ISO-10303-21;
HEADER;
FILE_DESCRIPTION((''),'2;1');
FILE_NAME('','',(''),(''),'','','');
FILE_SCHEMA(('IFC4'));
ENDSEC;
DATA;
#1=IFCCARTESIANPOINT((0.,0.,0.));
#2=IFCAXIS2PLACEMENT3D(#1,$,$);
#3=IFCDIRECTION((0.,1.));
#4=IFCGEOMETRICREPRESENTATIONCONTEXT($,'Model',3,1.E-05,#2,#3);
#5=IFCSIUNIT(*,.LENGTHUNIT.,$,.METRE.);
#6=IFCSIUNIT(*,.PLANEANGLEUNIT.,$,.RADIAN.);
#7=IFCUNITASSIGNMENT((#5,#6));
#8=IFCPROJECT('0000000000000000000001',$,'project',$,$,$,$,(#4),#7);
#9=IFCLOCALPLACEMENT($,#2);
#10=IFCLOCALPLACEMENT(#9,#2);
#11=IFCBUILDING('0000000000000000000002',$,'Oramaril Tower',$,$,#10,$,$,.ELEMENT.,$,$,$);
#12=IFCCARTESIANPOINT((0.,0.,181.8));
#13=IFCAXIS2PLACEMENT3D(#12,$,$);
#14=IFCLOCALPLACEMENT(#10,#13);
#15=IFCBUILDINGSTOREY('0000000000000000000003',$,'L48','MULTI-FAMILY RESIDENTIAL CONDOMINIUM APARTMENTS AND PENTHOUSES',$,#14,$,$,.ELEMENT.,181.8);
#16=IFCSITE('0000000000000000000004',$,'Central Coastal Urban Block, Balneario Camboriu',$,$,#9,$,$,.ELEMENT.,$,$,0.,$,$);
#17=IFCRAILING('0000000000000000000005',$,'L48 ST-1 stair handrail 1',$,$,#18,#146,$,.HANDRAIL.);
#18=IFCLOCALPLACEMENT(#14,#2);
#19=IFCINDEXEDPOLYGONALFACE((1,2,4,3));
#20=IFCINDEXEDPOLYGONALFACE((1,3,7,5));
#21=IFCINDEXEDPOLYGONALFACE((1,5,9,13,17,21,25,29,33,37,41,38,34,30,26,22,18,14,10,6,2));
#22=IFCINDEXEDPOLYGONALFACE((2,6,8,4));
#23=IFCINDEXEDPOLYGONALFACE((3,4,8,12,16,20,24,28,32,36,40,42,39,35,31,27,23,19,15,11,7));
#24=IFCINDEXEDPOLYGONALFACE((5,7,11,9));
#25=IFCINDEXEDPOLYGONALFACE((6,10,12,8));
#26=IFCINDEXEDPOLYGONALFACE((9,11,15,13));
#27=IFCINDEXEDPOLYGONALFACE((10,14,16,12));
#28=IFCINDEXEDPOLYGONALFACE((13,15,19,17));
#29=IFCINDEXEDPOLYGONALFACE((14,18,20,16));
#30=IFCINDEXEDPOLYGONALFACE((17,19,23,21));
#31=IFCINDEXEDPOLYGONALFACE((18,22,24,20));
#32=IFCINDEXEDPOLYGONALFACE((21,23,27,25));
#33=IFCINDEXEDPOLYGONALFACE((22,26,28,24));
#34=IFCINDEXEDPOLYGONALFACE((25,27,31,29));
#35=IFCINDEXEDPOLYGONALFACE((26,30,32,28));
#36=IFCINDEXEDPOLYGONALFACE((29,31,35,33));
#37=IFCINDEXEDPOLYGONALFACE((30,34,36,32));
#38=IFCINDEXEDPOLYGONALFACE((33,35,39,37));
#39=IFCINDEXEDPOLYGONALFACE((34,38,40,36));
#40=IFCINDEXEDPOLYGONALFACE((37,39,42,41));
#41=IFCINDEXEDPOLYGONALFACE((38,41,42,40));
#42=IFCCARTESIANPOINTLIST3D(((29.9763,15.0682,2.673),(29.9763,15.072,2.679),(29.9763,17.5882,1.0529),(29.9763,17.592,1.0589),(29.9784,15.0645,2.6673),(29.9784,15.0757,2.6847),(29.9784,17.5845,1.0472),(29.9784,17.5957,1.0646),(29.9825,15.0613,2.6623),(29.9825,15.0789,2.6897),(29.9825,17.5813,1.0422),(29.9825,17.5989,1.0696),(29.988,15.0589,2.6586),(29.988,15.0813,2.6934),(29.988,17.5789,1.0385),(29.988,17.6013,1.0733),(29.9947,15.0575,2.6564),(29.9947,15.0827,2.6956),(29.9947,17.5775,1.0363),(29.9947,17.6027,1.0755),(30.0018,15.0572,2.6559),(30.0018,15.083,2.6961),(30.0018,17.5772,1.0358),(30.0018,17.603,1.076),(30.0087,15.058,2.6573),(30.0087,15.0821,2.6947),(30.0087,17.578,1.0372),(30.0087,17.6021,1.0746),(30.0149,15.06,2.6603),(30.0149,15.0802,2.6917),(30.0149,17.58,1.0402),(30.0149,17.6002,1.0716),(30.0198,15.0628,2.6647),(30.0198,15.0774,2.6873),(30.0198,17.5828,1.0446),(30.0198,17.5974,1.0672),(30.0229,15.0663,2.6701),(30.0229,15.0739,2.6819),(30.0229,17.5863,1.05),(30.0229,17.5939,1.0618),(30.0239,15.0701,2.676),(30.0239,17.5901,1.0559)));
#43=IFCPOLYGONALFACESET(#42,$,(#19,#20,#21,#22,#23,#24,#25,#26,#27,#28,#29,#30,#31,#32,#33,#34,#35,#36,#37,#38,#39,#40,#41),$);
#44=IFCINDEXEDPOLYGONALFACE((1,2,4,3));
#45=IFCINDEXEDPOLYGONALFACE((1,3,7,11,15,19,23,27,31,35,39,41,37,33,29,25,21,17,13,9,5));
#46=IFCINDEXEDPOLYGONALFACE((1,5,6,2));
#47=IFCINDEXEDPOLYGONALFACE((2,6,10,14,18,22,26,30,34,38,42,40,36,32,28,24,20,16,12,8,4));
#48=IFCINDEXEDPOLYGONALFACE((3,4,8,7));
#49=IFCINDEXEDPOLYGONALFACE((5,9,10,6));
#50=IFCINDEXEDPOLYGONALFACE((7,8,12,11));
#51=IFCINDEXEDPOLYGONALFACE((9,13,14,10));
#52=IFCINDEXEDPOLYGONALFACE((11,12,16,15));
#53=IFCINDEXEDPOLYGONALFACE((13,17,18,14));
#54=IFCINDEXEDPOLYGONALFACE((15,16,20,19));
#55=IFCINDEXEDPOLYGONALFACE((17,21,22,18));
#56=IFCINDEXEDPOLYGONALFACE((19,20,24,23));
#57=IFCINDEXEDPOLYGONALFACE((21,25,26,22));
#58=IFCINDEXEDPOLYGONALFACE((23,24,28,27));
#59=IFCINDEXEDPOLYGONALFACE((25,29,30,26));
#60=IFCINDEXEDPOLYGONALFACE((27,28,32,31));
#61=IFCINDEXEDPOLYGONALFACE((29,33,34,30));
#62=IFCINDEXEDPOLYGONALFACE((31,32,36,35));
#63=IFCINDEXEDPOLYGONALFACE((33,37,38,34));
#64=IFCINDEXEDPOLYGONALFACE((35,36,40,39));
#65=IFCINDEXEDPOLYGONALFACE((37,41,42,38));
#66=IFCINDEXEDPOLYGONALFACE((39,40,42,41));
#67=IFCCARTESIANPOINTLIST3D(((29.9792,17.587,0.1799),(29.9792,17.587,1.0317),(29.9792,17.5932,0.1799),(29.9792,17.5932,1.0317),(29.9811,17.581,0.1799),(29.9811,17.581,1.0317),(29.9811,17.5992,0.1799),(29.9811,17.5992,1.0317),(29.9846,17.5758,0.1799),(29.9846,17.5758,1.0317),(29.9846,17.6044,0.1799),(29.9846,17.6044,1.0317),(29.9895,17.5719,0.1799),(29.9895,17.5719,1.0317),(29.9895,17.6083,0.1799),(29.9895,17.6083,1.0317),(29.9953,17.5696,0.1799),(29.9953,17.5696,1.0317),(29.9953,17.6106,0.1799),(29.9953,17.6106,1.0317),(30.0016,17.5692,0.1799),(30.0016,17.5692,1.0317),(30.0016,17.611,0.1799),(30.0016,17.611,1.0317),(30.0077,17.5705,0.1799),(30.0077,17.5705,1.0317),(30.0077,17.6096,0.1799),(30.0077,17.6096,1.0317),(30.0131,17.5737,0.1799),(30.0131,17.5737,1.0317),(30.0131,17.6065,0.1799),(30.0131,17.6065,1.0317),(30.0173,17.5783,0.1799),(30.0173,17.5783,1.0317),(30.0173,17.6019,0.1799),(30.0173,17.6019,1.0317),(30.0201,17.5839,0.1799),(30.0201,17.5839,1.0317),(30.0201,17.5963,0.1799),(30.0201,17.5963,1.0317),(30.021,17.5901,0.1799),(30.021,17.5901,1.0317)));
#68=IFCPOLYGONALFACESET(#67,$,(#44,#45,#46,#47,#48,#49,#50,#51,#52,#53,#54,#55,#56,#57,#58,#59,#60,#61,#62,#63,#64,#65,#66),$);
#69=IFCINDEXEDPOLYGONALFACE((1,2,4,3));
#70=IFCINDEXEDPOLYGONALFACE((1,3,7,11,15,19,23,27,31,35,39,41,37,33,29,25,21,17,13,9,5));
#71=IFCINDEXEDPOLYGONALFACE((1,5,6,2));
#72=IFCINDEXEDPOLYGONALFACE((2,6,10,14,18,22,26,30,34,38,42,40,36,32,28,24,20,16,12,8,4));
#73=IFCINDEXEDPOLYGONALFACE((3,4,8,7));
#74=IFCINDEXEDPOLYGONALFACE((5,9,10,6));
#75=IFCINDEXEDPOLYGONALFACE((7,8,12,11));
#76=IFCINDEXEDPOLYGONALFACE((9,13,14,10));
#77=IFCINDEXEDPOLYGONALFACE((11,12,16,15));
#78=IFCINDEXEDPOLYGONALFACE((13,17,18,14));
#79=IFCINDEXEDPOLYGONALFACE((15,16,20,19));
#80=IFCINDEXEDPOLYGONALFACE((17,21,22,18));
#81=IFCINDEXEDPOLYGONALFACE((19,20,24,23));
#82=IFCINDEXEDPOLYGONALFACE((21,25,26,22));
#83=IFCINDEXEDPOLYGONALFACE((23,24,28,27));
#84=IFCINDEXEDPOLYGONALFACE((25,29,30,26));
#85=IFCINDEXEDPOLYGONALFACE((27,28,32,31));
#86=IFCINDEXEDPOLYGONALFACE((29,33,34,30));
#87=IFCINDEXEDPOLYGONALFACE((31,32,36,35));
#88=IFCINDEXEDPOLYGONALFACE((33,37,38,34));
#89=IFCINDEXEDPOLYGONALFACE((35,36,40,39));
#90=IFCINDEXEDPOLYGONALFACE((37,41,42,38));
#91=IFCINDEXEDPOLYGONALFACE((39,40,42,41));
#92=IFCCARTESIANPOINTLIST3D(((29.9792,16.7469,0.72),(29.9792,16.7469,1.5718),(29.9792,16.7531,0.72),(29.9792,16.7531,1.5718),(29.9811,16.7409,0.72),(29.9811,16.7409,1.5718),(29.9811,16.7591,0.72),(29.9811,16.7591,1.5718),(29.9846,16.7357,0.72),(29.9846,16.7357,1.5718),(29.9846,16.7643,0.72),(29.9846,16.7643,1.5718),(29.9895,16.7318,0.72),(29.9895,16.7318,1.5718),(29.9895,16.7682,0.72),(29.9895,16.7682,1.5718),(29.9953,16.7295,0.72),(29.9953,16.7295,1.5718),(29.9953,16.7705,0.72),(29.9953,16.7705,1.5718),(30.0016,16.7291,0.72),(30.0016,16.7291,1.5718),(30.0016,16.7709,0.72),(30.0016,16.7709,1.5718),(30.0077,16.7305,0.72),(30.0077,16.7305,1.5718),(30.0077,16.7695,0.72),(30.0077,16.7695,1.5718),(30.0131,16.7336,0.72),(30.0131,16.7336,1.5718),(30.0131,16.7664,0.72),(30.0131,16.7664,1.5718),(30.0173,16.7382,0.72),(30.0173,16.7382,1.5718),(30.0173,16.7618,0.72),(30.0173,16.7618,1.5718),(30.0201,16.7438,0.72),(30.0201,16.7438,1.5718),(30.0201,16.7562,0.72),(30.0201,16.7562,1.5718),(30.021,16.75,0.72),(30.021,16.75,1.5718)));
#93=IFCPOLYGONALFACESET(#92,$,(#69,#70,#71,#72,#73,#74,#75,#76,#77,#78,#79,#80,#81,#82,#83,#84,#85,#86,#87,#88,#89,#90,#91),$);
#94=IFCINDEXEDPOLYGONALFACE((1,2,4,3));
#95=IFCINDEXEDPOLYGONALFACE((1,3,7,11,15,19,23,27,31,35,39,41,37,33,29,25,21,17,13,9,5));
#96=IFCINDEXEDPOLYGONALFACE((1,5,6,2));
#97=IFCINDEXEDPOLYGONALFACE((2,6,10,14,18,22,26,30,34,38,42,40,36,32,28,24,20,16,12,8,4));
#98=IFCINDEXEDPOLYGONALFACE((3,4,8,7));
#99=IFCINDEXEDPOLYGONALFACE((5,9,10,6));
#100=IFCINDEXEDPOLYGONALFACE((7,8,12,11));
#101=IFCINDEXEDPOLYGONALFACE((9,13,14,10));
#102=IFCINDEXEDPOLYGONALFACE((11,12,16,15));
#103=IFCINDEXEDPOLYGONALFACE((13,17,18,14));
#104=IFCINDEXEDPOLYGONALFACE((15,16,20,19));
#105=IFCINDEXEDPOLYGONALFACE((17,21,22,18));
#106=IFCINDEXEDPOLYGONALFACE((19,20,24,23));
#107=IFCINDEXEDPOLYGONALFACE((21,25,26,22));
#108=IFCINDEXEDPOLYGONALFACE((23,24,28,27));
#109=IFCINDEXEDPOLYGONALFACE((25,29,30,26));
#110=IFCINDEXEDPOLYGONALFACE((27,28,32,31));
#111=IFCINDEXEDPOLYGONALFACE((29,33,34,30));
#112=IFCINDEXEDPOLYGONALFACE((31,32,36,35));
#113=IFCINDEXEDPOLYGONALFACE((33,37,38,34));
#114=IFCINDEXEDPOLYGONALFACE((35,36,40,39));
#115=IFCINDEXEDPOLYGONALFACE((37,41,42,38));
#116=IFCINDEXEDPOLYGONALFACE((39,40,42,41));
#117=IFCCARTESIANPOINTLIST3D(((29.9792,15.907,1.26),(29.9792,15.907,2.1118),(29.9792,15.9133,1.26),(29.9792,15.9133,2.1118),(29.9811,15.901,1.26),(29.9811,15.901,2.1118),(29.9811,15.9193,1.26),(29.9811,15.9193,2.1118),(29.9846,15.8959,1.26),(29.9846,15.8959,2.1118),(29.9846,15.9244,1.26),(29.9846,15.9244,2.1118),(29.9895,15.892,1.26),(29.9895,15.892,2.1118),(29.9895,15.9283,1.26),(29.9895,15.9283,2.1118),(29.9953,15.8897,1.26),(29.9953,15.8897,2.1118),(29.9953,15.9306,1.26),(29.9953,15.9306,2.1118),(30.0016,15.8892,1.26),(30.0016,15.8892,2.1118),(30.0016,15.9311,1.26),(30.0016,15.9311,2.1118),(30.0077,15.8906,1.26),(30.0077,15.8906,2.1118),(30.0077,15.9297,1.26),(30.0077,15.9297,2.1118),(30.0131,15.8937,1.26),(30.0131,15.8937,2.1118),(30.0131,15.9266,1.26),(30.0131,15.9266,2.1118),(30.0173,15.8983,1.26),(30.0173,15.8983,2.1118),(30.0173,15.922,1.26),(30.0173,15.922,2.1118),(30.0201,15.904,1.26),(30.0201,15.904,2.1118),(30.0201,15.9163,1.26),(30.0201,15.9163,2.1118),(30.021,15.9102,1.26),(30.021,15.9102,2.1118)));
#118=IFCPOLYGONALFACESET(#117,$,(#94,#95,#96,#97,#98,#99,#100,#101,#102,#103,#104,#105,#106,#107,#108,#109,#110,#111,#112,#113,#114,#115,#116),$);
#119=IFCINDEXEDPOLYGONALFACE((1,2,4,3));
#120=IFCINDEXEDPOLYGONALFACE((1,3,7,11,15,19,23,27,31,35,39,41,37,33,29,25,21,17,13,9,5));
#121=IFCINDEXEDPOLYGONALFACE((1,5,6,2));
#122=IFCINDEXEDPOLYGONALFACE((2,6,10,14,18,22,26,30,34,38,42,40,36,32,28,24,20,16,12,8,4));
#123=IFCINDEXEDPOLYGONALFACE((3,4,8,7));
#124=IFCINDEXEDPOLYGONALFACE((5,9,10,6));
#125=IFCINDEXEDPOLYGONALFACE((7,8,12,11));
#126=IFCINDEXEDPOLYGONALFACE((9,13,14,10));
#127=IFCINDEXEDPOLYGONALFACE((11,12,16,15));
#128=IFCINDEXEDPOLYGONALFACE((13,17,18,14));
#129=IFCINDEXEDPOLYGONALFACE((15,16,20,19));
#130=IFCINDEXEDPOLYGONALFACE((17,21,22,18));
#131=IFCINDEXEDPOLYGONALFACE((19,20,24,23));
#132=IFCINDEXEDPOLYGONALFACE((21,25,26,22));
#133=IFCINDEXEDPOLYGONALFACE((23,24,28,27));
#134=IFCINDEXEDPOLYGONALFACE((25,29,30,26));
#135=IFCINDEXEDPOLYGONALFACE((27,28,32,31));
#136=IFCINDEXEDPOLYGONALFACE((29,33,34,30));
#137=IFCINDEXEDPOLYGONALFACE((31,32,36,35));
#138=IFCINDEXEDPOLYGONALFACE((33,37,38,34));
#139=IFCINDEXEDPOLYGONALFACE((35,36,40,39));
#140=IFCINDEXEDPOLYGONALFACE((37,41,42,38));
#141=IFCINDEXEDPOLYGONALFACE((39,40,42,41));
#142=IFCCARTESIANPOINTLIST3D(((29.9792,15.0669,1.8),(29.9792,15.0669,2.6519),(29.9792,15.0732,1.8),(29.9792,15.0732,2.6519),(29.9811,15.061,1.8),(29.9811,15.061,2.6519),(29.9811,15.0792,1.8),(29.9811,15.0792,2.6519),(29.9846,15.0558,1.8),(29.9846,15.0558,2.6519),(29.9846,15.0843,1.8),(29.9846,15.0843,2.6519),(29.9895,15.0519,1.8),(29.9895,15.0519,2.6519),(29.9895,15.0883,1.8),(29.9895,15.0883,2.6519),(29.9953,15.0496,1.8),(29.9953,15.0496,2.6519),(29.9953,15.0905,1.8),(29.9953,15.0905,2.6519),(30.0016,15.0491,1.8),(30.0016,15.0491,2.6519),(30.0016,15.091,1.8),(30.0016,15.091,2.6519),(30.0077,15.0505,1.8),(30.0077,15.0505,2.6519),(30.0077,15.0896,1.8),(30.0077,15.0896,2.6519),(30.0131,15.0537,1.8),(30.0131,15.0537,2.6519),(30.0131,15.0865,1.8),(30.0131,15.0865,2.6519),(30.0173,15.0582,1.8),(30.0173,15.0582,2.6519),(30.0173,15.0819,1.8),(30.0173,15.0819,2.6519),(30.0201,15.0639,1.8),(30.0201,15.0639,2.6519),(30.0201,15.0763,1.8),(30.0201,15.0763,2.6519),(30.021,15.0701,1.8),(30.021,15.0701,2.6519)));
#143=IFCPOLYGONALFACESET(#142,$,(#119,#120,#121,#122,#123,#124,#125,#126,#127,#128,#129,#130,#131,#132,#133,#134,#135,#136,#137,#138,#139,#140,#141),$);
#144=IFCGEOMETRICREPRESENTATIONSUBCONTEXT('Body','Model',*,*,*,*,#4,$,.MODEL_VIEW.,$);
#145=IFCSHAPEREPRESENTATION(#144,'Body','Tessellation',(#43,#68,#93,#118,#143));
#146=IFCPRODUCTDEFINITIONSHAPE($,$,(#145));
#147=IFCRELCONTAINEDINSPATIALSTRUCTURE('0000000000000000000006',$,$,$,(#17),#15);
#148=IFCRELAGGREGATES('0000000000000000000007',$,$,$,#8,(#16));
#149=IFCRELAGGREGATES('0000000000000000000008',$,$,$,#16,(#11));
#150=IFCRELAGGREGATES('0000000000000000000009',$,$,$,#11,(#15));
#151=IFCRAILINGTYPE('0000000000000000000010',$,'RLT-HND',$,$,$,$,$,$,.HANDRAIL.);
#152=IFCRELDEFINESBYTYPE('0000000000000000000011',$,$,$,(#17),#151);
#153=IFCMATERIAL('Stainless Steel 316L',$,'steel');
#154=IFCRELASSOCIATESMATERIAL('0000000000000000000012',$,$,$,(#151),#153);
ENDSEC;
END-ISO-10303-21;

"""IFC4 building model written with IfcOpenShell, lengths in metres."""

from ifc_helpers import new_model, si_unit, direction, frame, origin, origin_2d, place, context, subcontext, project, spatial, circle, extrude, material, type_object, element, save


model = new_model("IFC4")

# Units and contexts
model_context = context("Model", 3, precision=1e-05, world=origin(), true_north=direction((0.0, 1.0)))
body_context = subcontext(model_context, "Body", "Model", "MODEL_VIEW")
ifc_project = project(units=[si_unit("LENGTHUNIT", "METRE"), si_unit("PLANEANGLEUNIT", "RADIAN")], contexts=[model_context])

# Site, building, storey
site_placement = place(None, origin())
site = spatial("IfcSite", under=ifc_project, at=site_placement, Name="Central Coastal Urban Block, Balneario Camboriu", CompositionType="ELEMENT", RefElevation=0.0)
building_placement = place(site_placement, origin())
building = spatial("IfcBuilding", under=site, at=building_placement, Name="Oramaril Tower", CompositionType="ELEMENT")
storey_placement = place(building_placement, frame((0.0, 0.0, 181.8)))
storey = spatial("IfcBuildingStorey", under=building, at=storey_placement, Name="L48", Description="MULTI-FAMILY RESIDENTIAL CONDOMINIUM APARTMENTS AND PENTHOUSES", CompositionType="ELEMENT", Elevation=181.8)

# Railing
ifc_material_1 = material(Name="Stainless Steel 316L", Category="steel")
railing_type_1 = type_object("IfcRailingType", Name="RLT-HND", PredefinedType="HANDRAIL", material=ifc_material_1)
railing_1_placement = place(storey_placement, frame((30.0, 17.5901, 0.1799)))
element("IfcRailing", 1, at=railing_1_placement, inside=storey, type_object=railing_type_1, Name="L48 ST-1 stair handrail 1", PredefinedType="HANDRAIL", context=body_context, shape_type="SweptSolid", body=[
    extrude(circle(Radius=0.0239, at=origin_2d()), frame((0.0, 0.0, 0.876), z_axis=(0.0, -0.841163, 0.540782), x_axis=(1.0, 0.0, 0.0)), (0.0, 0.0, 1.0), 2.9958),
    extrude(circle(Radius=0.021, at=origin_2d()), origin(), (0.0, 0.0, 1.0), 0.8518),
    extrude(circle(Radius=0.021, at=origin_2d()), frame((0.0, -0.8401, 0.54)), (0.0, 0.0, 1.0), 0.8518),
    extrude(circle(Radius=0.021, at=origin_2d()), frame((0.0, -1.6799, 1.0801)), (0.0, 0.0, 1.0), 0.8518),
    extrude(circle(Radius=0.021, at=origin_2d()), frame((0.0, -2.52, 1.6201)), (0.0, 0.0, 1.0), 0.8518),
])

save(model, "model.ifc")
